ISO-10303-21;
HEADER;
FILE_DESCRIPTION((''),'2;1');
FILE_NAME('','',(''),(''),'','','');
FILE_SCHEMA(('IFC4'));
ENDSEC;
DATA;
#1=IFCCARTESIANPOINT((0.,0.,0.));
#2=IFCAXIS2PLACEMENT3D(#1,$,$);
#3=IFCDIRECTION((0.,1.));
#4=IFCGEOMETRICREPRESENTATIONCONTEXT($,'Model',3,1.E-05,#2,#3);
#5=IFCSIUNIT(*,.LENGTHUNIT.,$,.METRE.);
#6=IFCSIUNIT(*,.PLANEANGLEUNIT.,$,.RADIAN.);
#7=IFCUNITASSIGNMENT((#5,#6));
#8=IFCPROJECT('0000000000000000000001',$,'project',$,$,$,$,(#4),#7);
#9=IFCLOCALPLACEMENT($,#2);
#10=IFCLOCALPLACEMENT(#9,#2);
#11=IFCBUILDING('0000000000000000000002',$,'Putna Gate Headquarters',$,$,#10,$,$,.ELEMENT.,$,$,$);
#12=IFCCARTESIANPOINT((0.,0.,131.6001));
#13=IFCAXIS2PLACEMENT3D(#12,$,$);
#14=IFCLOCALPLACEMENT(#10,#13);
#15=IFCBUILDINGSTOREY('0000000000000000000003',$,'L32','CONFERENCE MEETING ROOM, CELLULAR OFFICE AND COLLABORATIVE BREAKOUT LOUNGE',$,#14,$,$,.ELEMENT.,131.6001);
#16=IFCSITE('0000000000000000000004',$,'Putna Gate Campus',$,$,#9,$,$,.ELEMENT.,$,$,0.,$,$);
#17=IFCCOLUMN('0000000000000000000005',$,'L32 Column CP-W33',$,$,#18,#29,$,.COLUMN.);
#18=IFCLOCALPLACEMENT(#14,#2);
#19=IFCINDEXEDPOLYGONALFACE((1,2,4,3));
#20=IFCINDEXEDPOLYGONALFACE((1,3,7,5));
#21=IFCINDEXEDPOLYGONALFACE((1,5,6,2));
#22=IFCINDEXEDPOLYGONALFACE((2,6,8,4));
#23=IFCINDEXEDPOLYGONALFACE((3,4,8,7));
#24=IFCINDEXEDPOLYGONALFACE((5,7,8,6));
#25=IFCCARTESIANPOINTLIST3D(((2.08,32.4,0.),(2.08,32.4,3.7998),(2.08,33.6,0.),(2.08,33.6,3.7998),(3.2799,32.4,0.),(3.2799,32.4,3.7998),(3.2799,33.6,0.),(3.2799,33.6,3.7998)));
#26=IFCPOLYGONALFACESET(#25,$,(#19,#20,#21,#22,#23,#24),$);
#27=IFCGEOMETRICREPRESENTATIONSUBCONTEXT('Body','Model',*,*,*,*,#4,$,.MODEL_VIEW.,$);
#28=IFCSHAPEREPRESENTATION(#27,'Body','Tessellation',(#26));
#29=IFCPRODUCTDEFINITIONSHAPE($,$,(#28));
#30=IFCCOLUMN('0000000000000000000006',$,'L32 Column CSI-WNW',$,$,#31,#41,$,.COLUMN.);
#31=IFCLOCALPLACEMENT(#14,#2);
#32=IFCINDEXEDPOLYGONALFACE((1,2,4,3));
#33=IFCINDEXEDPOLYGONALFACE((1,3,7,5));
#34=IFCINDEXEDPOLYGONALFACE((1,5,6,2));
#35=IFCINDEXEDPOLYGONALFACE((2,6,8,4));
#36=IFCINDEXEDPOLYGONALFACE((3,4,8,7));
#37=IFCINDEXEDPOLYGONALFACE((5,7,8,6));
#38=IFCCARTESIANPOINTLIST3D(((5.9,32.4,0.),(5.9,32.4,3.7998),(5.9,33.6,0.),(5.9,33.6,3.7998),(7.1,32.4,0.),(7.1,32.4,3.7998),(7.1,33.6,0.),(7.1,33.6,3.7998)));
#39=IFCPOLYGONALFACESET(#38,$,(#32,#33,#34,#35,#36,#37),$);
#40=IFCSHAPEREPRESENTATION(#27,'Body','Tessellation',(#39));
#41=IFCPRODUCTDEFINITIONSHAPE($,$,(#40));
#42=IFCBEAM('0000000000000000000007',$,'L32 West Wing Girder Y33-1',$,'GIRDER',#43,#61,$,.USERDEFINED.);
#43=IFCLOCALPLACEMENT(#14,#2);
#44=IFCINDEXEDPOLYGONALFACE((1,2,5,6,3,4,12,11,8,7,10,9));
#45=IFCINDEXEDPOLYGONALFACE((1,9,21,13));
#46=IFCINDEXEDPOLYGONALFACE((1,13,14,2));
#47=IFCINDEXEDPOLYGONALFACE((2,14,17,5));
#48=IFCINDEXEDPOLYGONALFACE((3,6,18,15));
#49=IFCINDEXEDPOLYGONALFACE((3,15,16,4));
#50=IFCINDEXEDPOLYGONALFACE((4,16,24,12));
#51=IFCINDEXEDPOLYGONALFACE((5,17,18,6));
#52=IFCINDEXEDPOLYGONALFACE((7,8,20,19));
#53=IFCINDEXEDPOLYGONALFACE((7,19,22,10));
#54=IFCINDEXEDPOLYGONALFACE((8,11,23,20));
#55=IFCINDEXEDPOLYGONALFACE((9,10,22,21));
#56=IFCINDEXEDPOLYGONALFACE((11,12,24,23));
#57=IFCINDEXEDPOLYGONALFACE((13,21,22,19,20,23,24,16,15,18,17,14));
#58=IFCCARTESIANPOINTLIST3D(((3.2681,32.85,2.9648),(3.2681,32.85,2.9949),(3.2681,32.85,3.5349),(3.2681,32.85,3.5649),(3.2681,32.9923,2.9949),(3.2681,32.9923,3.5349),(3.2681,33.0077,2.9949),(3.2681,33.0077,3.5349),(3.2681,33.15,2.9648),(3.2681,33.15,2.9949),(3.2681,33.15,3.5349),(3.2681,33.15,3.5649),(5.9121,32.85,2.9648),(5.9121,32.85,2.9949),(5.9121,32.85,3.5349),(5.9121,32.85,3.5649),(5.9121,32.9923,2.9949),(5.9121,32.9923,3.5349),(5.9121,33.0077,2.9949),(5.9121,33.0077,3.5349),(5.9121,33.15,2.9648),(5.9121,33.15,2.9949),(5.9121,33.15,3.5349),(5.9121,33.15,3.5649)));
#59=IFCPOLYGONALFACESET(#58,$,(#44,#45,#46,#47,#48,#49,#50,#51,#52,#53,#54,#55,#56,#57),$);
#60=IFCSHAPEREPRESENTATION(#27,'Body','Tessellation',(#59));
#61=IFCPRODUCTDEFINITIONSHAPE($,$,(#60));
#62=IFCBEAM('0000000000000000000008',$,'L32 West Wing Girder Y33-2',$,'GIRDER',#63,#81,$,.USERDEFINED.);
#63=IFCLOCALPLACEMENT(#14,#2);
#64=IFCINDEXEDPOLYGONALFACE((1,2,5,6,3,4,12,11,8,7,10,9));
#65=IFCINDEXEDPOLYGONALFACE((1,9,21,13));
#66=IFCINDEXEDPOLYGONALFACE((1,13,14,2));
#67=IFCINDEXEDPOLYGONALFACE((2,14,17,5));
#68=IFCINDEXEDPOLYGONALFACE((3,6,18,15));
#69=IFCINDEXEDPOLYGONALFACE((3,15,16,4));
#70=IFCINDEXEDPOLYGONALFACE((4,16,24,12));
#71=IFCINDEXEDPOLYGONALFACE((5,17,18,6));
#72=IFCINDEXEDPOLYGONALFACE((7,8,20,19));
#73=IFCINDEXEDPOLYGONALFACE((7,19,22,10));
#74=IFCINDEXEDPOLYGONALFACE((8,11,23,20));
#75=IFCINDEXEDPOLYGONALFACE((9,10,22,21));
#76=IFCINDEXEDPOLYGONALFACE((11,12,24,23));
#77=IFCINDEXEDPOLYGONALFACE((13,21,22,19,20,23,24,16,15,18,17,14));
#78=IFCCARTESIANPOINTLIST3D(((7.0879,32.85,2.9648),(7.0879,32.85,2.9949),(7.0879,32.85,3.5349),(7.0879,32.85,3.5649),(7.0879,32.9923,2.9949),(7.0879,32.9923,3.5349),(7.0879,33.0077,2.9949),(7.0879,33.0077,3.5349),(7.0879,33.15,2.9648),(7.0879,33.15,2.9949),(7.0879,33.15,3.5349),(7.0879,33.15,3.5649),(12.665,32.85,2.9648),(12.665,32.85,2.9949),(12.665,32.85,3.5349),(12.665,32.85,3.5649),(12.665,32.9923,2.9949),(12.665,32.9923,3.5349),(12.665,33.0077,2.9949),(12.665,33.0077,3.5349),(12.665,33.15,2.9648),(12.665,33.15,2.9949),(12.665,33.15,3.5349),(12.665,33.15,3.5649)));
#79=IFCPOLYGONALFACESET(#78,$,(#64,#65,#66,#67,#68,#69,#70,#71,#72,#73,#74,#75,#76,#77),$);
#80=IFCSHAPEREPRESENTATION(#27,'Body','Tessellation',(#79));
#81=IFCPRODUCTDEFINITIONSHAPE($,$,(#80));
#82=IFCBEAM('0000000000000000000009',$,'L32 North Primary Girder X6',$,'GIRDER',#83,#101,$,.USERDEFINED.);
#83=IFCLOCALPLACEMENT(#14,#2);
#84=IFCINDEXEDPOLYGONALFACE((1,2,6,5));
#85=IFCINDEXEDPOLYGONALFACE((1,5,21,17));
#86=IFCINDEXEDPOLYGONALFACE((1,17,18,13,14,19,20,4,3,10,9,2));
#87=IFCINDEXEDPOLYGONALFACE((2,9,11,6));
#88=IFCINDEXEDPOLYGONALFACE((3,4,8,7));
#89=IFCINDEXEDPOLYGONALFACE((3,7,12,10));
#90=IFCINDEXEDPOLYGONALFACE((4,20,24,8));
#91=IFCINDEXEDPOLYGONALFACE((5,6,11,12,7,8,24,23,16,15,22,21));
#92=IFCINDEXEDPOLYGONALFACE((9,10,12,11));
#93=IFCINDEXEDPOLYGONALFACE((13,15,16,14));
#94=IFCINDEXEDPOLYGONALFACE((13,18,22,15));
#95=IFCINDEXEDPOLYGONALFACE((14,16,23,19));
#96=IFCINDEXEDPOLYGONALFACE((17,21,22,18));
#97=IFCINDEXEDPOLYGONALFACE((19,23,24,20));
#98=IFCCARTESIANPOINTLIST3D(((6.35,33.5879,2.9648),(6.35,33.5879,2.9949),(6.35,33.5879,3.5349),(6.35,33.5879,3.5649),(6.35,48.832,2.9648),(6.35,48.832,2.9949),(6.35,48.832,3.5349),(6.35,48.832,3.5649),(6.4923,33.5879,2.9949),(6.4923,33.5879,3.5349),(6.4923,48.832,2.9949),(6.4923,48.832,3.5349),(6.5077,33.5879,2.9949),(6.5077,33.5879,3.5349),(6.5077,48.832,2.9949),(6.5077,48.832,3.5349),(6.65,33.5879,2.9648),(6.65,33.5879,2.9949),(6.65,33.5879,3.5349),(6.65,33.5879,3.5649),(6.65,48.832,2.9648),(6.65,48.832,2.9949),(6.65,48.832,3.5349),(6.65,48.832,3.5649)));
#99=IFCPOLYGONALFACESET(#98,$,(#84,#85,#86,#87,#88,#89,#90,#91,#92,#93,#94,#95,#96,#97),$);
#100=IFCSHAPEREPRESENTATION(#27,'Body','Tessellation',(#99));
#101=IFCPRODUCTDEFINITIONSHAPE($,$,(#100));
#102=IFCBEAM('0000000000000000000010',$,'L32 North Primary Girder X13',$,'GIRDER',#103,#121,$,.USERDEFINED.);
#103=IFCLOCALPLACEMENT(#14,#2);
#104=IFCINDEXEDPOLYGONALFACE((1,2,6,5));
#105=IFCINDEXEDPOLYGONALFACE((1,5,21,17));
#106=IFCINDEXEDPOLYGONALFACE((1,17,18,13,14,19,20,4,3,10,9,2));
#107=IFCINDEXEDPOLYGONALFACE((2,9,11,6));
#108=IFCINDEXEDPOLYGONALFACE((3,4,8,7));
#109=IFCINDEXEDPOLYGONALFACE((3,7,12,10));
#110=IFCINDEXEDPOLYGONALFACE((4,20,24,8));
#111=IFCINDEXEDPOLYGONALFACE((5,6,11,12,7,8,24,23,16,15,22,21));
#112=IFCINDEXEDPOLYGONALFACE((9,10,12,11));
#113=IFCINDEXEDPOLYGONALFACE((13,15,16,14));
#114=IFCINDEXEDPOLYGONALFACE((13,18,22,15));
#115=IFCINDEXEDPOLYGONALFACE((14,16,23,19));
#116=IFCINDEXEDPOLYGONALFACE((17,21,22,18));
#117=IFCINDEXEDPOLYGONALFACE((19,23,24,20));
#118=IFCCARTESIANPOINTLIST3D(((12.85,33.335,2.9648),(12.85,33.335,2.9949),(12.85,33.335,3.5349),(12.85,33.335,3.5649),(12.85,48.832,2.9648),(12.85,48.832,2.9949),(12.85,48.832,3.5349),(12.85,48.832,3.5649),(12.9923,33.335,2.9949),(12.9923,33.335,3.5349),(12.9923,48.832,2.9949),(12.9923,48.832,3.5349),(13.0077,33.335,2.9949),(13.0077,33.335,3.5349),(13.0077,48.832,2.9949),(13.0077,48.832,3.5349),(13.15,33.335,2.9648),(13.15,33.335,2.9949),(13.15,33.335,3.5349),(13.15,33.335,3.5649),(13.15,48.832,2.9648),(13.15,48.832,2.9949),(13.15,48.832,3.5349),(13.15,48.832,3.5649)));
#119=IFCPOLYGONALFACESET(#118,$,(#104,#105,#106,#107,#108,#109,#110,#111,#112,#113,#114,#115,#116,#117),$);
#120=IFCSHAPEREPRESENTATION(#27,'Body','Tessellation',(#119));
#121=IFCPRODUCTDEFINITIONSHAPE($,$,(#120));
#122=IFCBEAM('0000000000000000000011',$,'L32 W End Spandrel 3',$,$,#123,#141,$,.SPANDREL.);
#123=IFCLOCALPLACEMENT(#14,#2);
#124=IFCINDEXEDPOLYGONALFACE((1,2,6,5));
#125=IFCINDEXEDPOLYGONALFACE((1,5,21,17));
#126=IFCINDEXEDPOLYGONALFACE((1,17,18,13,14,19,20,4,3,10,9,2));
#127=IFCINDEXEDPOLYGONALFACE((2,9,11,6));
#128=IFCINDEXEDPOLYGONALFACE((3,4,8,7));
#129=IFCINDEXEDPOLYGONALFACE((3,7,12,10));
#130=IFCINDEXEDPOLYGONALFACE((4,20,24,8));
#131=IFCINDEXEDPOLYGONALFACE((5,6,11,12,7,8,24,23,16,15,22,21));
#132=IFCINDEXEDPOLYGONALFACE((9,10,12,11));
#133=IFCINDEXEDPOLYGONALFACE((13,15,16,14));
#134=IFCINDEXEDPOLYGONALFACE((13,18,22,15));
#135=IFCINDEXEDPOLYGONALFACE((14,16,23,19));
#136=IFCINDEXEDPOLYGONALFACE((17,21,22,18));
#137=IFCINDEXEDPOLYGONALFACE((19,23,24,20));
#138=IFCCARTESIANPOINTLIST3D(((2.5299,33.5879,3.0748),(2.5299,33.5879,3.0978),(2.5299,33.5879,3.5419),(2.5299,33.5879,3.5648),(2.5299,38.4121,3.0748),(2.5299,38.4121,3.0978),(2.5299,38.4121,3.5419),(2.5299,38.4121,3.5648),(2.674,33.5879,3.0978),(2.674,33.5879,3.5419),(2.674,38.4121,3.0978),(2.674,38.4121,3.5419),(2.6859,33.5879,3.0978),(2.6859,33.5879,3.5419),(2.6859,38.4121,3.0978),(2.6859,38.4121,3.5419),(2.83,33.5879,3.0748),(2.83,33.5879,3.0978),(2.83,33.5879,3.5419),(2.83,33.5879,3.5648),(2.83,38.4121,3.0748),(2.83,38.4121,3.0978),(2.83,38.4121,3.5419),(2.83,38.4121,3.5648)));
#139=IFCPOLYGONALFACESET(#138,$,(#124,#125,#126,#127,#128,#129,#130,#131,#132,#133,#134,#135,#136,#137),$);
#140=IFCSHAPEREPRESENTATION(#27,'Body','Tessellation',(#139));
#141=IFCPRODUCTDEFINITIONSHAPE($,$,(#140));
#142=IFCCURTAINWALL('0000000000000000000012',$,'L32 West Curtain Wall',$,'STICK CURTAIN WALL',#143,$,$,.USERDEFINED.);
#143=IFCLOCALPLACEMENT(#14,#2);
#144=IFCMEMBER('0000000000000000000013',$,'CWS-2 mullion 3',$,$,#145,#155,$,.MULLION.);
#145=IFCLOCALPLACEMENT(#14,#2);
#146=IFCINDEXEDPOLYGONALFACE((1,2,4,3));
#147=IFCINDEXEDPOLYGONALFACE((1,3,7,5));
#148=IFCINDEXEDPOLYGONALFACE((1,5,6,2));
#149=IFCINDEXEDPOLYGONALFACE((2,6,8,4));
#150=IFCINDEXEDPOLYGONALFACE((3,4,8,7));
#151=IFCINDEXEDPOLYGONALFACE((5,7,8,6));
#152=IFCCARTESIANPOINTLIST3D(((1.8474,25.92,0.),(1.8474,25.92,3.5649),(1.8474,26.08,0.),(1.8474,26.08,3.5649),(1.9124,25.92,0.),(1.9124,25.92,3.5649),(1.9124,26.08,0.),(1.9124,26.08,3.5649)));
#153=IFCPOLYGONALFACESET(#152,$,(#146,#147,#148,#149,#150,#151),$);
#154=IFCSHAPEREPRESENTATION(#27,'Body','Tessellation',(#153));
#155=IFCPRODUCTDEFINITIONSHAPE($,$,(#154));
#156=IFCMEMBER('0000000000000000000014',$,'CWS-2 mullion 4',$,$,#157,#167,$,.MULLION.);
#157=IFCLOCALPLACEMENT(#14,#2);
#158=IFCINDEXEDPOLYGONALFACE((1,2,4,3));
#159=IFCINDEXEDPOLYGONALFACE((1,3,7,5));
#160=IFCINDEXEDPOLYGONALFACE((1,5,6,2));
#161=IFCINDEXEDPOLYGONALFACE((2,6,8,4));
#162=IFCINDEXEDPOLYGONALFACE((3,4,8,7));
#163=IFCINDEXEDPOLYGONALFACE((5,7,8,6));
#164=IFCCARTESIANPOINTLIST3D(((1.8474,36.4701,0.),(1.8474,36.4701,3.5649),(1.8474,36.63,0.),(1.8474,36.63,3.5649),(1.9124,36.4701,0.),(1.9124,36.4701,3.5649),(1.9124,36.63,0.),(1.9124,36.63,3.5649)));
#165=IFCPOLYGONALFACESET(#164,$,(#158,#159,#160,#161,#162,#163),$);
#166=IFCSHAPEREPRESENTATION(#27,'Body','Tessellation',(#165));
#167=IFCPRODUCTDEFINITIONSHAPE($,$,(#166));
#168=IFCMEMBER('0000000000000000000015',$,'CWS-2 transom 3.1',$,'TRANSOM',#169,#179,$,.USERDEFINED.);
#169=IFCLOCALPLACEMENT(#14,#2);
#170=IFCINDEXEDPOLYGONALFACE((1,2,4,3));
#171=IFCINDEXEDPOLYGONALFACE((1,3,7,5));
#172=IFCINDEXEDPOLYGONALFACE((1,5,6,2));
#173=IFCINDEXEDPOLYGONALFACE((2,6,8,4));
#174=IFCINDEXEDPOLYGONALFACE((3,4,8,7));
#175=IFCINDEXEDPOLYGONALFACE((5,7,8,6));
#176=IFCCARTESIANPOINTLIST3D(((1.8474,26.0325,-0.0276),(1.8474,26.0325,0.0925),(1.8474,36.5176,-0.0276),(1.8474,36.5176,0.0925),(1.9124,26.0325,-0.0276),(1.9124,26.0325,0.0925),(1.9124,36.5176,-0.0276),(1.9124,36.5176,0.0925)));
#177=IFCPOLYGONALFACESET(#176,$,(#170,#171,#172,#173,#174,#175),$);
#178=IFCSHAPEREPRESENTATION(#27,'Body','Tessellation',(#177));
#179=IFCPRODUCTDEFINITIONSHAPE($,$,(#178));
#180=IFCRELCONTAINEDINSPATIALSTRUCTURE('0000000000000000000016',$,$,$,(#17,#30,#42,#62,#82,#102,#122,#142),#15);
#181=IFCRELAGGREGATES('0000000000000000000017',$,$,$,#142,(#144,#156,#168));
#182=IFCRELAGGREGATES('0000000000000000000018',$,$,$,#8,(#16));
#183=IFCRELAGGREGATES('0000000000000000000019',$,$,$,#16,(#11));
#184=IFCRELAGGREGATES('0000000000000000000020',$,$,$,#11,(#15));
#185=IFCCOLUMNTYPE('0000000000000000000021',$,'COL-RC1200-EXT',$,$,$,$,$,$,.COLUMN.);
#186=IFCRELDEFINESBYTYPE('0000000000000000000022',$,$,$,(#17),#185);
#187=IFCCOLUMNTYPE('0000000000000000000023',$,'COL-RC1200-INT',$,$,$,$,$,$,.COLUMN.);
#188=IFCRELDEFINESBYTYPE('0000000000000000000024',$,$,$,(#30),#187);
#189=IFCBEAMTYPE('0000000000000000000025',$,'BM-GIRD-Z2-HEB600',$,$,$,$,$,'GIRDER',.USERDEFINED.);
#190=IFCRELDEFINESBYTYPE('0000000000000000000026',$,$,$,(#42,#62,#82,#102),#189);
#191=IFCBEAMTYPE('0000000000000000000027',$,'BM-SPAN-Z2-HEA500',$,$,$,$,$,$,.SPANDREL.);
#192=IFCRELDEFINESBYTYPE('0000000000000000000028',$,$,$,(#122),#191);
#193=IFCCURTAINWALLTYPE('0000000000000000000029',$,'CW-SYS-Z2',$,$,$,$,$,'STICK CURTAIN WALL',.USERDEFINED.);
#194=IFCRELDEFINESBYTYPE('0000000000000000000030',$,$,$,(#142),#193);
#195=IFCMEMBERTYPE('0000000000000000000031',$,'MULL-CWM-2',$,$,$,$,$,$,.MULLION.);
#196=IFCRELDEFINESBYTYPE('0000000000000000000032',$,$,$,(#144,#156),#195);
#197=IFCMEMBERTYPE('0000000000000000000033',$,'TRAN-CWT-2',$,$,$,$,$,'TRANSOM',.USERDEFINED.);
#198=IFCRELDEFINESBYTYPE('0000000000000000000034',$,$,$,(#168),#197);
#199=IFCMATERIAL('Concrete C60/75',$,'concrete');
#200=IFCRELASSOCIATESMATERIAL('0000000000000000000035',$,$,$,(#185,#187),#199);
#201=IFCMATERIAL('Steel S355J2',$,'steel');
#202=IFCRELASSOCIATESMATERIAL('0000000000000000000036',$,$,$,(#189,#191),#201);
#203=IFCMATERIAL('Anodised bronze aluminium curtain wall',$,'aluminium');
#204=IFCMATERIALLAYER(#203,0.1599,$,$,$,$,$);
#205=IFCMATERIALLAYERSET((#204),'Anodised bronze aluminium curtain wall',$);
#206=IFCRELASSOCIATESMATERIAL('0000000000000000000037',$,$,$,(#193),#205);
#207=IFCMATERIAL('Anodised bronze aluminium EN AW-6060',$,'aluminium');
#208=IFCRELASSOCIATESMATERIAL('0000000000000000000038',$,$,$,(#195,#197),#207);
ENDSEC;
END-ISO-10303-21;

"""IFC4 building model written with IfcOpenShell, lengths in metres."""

from ifc_helpers import new_model, si_unit, direction, frame, origin, origin_2d, place, context, subcontext, project, spatial, rectangle, i_section, extrude, material, layer, layer_set, material_profile, profile_set, type_object, element, aggregate, save


model = new_model("IFC4")

# Units and contexts
model_context = context("Model", 3, precision=1e-05, world=origin(), true_north=direction((0.0, 1.0)))
body_context = subcontext(model_context, "Body", "Model", "MODEL_VIEW")
ifc_project = project(units=[si_unit("LENGTHUNIT", "METRE"), si_unit("PLANEANGLEUNIT", "RADIAN")], contexts=[model_context])

# Site, building, storey
site_placement = place(None, origin())
site = spatial("IfcSite", under=ifc_project, at=site_placement, Name="Putna Gate Campus", CompositionType="ELEMENT", RefElevation=0.0)
building_placement = place(site_placement, origin())
building = spatial("IfcBuilding", under=site, at=building_placement, Name="Putna Gate Headquarters", CompositionType="ELEMENT")
storey_placement = place(building_placement, frame((0.0, 0.0, 131.6001)))
storey = spatial("IfcBuildingStorey", under=building, at=storey_placement, Name="L32", Description="CONFERENCE MEETING ROOM, CELLULAR OFFICE AND COLLABORATIVE BREAKOUT LOUNGE", CompositionType="ELEMENT", Elevation=131.6001)

# Columns
ifc_material_1 = material(Name="Concrete C60/75", Category="concrete")
ifc_material_profile_1 = material_profile(ifc_material_1, rectangle(XDim=1.2, YDim=1.2, at=origin_2d()), Name="Concrete C60/75")
ifc_profile_set_1 = profile_set([ifc_material_profile_1], Name="Concrete C60/75")
column_type_1 = type_object("IfcColumnType", Name="COL-RC1200-EXT", PredefinedType="COLUMN", material=ifc_profile_set_1)
column_1_placement = place(storey_placement, frame((2.6799, 33.0, 0.0), z_axis=(0.0, 0.0, 1.0), x_axis=(1.0, 0.0, 0.0)))
element("IfcColumn", 1, at=column_1_placement, inside=storey, type_object=column_type_1, Name="L32 Column CP-W33", PredefinedType="COLUMN", context=body_context, shape_type="SweptSolid", body=[
    extrude(rectangle(XDim=1.2, YDim=1.2, at=origin_2d()), origin(), (0.0, 0.0, 1.0), 3.7998),
])
ifc_material_profile_2 = material_profile(ifc_material_1, rectangle(XDim=1.2, YDim=1.2, at=origin_2d()), Name="Concrete C60/75")
ifc_profile_set_2 = profile_set([ifc_material_profile_2], Name="Concrete C60/75")
column_type_2 = type_object("IfcColumnType", Name="COL-RC1200-INT", PredefinedType="COLUMN", material=ifc_profile_set_2)
column_2_placement = place(storey_placement, frame((6.5, 33.0, 0.0), z_axis=(0.0, 0.0, 1.0), x_axis=(1.0, 0.0, 0.0)))
element("IfcColumn", 2, at=column_2_placement, inside=storey, type_object=column_type_2, Name="L32 Column CSI-WNW", PredefinedType="COLUMN", context=body_context, shape_type="SweptSolid", body=[
    extrude(rectangle(XDim=1.2, YDim=1.2, at=origin_2d()), origin(), (0.0, 0.0, 1.0), 3.7998),
])

# Beams
ifc_material_2 = material(Name="Steel S355J2", Category="steel")
ifc_material_profile_3 = material_profile(ifc_material_2, i_section(OverallWidth=0.3, OverallDepth=0.6001, WebThickness=0.0154, FlangeThickness=0.03, at=origin_2d()), Name="Steel S355J2")
ifc_profile_set_3 = profile_set([ifc_material_profile_3], Name="Steel S355J2")
beam_type_1 = type_object("IfcBeamType", Name="BM-GIRD-Z2-HEB600", ElementType="GIRDER", PredefinedType="USERDEFINED", material=ifc_profile_set_3)
beam_1_placement = place(storey_placement, frame((3.2681, 33.0, 3.2649), z_axis=(1.0, 0.0, 0.0), x_axis=(0.0, 1.0, 0.0)))
element("IfcBeam", 3, at=beam_1_placement, inside=storey, type_object=beam_type_1, Name="L32 West Wing Girder Y33-1", ObjectType="GIRDER", PredefinedType="USERDEFINED", context=body_context, shape_type="SweptSolid", body=[
    extrude(i_section(OverallWidth=0.3, OverallDepth=0.6001, WebThickness=0.0154, FlangeThickness=0.03, at=origin_2d()), origin(), (0.0, 0.0, 1.0), 2.644),
])
beam_2_placement = place(storey_placement, frame((7.0879, 33.0, 3.2649), z_axis=(1.0, 0.0, 0.0), x_axis=(0.0, 1.0, 0.0)))
element("IfcBeam", 4, at=beam_2_placement, inside=storey, type_object=beam_type_1, Name="L32 West Wing Girder Y33-2", ObjectType="GIRDER", PredefinedType="USERDEFINED", context=body_context, shape_type="SweptSolid", body=[
    extrude(i_section(OverallWidth=0.3, OverallDepth=0.6001, WebThickness=0.0154, FlangeThickness=0.03, at=origin_2d()), origin(), (0.0, 0.0, 1.0), 5.5771),
])
beam_3_placement = place(storey_placement, frame((6.5, 33.5879, 3.2649), z_axis=(0.0, 1.0, 0.0), x_axis=(-1.0, 0.0, 0.0)))
element("IfcBeam", 5, at=beam_3_placement, inside=storey, type_object=beam_type_1, Name="L32 North Primary Girder X6", ObjectType="GIRDER", PredefinedType="USERDEFINED", context=body_context, shape_type="SweptSolid", body=[
    extrude(i_section(OverallWidth=0.3, OverallDepth=0.6001, WebThickness=0.0154, FlangeThickness=0.03, at=origin_2d()), origin(), (0.0, 0.0, 1.0), 15.2441),
])
beam_4_placement = place(storey_placement, frame((13.0, 33.335, 3.2649), z_axis=(0.0, 1.0, 0.0), x_axis=(-1.0, 0.0, 0.0)))
element("IfcBeam", 6, at=beam_4_placement, inside=storey, type_object=beam_type_1, Name="L32 North Primary Girder X13", ObjectType="GIRDER", PredefinedType="USERDEFINED", context=body_context, shape_type="SweptSolid", body=[
    extrude(i_section(OverallWidth=0.3, OverallDepth=0.6001, WebThickness=0.0154, FlangeThickness=0.03, at=origin_2d()), origin(), (0.0, 0.0, 1.0), 15.4971),
])
ifc_material_profile_4 = material_profile(ifc_material_2, i_section(OverallWidth=0.3, OverallDepth=0.49, WebThickness=0.012, FlangeThickness=0.0229, at=origin_2d()), Name="Steel S355J2")
ifc_profile_set_4 = profile_set([ifc_material_profile_4], Name="Steel S355J2")
beam_type_2 = type_object("IfcBeamType", Name="BM-SPAN-Z2-HEA500", PredefinedType="SPANDREL", material=ifc_profile_set_4)
beam_5_placement = place(storey_placement, frame((2.6799, 33.5879, 3.3198), z_axis=(0.0, 1.0, 0.0), x_axis=(-1.0, 0.0, 0.0)))
element("IfcBeam", 7, at=beam_5_placement, inside=storey, type_object=beam_type_2, Name="L32 W End Spandrel 3", PredefinedType="SPANDREL", context=body_context, shape_type="SweptSolid", body=[
    extrude(i_section(OverallWidth=0.3, OverallDepth=0.49, WebThickness=0.012, FlangeThickness=0.0229, at=origin_2d()), origin(), (0.0, 0.0, 1.0), 4.8242),
])

# Curtain wall, members
ifc_material_3 = material(Name="Anodised bronze aluminium curtain wall", Category="aluminium")
ifc_layer_1 = layer(ifc_material_3, 0.1599)
ifc_layer_set_1 = layer_set([ifc_layer_1], Name="Anodised bronze aluminium curtain wall")
curtain_wall_type = type_object("IfcCurtainWallType", Name="CW-SYS-Z2", ElementType="STICK CURTAIN WALL", PredefinedType="USERDEFINED", material=ifc_layer_set_1)
curtain_wall_placement = place(storey_placement, origin())
curtain_wall = element("IfcCurtainWall", 8, at=curtain_wall_placement, inside=storey, type_object=curtain_wall_type, Name="L32 West Curtain Wall", ObjectType="STICK CURTAIN WALL", PredefinedType="USERDEFINED")
ifc_material_4 = material(Name="Anodised bronze aluminium EN AW-6060", Category="aluminium")
ifc_material_profile_5 = material_profile(ifc_material_4, rectangle(XDim=0.0649, YDim=0.1599, at=origin_2d()), Name="Anodised bronze aluminium EN AW-6060")
ifc_profile_set_5 = profile_set([ifc_material_profile_5], Name="Anodised bronze aluminium EN AW-6060")
member_type_1 = type_object("IfcMemberType", Name="MULL-CWM-2", PredefinedType="MULLION", material=ifc_profile_set_5)
member_1_placement = place(storey_placement, frame((1.8799, 26.0, 0.0), z_axis=(0.0, 0.0, 1.0), x_axis=(-1.0, 0.0, 0.0)))
member_1 = element("IfcMember", 9, at=member_1_placement, type_object=member_type_1, Name="CWS-2 mullion 3", PredefinedType="MULLION", context=body_context, shape_type="SweptSolid", body=[
    extrude(rectangle(XDim=0.0649, YDim=0.1599, at=origin_2d()), origin(), (0.0, 0.0, 1.0), 3.5649),
])
member_2_placement = place(storey_placement, frame((1.8799, 36.55, 0.0), z_axis=(0.0, 0.0, 1.0), x_axis=(-1.0, 0.0, 0.0)))
member_2 = element("IfcMember", 10, at=member_2_placement, type_object=member_type_1, Name="CWS-2 mullion 4", PredefinedType="MULLION", context=body_context, shape_type="SweptSolid", body=[
    extrude(rectangle(XDim=0.0649, YDim=0.1599, at=origin_2d()), origin(), (0.0, 0.0, 1.0), 3.5649),
])
ifc_material_profile_6 = material_profile(ifc_material_4, rectangle(XDim=0.0649, YDim=0.1201, at=origin_2d()), Name="Anodised bronze aluminium EN AW-6060")
ifc_profile_set_6 = profile_set([ifc_material_profile_6], Name="Anodised bronze aluminium EN AW-6060")
member_type_2 = type_object("IfcMemberType", Name="TRAN-CWT-2", ElementType="TRANSOM", PredefinedType="USERDEFINED", material=ifc_profile_set_6)
member_3_placement = place(storey_placement, frame((1.8799, 26.0325, 0.0325), z_axis=(0.0, 1.0, 0.0), x_axis=(-1.0, 0.0, 0.0)))
member_3 = element("IfcMember", 11, at=member_3_placement, type_object=member_type_2, Name="CWS-2 transom 3.1", ObjectType="TRANSOM", PredefinedType="USERDEFINED", context=body_context, shape_type="SweptSolid", body=[
    extrude(rectangle(XDim=0.0649, YDim=0.1201, at=origin_2d()), origin(), (0.0, 0.0, 1.0), 10.4851),
])
aggregate(curtain_wall, [member_1, member_2, member_3])

save(model, "model.ifc")
